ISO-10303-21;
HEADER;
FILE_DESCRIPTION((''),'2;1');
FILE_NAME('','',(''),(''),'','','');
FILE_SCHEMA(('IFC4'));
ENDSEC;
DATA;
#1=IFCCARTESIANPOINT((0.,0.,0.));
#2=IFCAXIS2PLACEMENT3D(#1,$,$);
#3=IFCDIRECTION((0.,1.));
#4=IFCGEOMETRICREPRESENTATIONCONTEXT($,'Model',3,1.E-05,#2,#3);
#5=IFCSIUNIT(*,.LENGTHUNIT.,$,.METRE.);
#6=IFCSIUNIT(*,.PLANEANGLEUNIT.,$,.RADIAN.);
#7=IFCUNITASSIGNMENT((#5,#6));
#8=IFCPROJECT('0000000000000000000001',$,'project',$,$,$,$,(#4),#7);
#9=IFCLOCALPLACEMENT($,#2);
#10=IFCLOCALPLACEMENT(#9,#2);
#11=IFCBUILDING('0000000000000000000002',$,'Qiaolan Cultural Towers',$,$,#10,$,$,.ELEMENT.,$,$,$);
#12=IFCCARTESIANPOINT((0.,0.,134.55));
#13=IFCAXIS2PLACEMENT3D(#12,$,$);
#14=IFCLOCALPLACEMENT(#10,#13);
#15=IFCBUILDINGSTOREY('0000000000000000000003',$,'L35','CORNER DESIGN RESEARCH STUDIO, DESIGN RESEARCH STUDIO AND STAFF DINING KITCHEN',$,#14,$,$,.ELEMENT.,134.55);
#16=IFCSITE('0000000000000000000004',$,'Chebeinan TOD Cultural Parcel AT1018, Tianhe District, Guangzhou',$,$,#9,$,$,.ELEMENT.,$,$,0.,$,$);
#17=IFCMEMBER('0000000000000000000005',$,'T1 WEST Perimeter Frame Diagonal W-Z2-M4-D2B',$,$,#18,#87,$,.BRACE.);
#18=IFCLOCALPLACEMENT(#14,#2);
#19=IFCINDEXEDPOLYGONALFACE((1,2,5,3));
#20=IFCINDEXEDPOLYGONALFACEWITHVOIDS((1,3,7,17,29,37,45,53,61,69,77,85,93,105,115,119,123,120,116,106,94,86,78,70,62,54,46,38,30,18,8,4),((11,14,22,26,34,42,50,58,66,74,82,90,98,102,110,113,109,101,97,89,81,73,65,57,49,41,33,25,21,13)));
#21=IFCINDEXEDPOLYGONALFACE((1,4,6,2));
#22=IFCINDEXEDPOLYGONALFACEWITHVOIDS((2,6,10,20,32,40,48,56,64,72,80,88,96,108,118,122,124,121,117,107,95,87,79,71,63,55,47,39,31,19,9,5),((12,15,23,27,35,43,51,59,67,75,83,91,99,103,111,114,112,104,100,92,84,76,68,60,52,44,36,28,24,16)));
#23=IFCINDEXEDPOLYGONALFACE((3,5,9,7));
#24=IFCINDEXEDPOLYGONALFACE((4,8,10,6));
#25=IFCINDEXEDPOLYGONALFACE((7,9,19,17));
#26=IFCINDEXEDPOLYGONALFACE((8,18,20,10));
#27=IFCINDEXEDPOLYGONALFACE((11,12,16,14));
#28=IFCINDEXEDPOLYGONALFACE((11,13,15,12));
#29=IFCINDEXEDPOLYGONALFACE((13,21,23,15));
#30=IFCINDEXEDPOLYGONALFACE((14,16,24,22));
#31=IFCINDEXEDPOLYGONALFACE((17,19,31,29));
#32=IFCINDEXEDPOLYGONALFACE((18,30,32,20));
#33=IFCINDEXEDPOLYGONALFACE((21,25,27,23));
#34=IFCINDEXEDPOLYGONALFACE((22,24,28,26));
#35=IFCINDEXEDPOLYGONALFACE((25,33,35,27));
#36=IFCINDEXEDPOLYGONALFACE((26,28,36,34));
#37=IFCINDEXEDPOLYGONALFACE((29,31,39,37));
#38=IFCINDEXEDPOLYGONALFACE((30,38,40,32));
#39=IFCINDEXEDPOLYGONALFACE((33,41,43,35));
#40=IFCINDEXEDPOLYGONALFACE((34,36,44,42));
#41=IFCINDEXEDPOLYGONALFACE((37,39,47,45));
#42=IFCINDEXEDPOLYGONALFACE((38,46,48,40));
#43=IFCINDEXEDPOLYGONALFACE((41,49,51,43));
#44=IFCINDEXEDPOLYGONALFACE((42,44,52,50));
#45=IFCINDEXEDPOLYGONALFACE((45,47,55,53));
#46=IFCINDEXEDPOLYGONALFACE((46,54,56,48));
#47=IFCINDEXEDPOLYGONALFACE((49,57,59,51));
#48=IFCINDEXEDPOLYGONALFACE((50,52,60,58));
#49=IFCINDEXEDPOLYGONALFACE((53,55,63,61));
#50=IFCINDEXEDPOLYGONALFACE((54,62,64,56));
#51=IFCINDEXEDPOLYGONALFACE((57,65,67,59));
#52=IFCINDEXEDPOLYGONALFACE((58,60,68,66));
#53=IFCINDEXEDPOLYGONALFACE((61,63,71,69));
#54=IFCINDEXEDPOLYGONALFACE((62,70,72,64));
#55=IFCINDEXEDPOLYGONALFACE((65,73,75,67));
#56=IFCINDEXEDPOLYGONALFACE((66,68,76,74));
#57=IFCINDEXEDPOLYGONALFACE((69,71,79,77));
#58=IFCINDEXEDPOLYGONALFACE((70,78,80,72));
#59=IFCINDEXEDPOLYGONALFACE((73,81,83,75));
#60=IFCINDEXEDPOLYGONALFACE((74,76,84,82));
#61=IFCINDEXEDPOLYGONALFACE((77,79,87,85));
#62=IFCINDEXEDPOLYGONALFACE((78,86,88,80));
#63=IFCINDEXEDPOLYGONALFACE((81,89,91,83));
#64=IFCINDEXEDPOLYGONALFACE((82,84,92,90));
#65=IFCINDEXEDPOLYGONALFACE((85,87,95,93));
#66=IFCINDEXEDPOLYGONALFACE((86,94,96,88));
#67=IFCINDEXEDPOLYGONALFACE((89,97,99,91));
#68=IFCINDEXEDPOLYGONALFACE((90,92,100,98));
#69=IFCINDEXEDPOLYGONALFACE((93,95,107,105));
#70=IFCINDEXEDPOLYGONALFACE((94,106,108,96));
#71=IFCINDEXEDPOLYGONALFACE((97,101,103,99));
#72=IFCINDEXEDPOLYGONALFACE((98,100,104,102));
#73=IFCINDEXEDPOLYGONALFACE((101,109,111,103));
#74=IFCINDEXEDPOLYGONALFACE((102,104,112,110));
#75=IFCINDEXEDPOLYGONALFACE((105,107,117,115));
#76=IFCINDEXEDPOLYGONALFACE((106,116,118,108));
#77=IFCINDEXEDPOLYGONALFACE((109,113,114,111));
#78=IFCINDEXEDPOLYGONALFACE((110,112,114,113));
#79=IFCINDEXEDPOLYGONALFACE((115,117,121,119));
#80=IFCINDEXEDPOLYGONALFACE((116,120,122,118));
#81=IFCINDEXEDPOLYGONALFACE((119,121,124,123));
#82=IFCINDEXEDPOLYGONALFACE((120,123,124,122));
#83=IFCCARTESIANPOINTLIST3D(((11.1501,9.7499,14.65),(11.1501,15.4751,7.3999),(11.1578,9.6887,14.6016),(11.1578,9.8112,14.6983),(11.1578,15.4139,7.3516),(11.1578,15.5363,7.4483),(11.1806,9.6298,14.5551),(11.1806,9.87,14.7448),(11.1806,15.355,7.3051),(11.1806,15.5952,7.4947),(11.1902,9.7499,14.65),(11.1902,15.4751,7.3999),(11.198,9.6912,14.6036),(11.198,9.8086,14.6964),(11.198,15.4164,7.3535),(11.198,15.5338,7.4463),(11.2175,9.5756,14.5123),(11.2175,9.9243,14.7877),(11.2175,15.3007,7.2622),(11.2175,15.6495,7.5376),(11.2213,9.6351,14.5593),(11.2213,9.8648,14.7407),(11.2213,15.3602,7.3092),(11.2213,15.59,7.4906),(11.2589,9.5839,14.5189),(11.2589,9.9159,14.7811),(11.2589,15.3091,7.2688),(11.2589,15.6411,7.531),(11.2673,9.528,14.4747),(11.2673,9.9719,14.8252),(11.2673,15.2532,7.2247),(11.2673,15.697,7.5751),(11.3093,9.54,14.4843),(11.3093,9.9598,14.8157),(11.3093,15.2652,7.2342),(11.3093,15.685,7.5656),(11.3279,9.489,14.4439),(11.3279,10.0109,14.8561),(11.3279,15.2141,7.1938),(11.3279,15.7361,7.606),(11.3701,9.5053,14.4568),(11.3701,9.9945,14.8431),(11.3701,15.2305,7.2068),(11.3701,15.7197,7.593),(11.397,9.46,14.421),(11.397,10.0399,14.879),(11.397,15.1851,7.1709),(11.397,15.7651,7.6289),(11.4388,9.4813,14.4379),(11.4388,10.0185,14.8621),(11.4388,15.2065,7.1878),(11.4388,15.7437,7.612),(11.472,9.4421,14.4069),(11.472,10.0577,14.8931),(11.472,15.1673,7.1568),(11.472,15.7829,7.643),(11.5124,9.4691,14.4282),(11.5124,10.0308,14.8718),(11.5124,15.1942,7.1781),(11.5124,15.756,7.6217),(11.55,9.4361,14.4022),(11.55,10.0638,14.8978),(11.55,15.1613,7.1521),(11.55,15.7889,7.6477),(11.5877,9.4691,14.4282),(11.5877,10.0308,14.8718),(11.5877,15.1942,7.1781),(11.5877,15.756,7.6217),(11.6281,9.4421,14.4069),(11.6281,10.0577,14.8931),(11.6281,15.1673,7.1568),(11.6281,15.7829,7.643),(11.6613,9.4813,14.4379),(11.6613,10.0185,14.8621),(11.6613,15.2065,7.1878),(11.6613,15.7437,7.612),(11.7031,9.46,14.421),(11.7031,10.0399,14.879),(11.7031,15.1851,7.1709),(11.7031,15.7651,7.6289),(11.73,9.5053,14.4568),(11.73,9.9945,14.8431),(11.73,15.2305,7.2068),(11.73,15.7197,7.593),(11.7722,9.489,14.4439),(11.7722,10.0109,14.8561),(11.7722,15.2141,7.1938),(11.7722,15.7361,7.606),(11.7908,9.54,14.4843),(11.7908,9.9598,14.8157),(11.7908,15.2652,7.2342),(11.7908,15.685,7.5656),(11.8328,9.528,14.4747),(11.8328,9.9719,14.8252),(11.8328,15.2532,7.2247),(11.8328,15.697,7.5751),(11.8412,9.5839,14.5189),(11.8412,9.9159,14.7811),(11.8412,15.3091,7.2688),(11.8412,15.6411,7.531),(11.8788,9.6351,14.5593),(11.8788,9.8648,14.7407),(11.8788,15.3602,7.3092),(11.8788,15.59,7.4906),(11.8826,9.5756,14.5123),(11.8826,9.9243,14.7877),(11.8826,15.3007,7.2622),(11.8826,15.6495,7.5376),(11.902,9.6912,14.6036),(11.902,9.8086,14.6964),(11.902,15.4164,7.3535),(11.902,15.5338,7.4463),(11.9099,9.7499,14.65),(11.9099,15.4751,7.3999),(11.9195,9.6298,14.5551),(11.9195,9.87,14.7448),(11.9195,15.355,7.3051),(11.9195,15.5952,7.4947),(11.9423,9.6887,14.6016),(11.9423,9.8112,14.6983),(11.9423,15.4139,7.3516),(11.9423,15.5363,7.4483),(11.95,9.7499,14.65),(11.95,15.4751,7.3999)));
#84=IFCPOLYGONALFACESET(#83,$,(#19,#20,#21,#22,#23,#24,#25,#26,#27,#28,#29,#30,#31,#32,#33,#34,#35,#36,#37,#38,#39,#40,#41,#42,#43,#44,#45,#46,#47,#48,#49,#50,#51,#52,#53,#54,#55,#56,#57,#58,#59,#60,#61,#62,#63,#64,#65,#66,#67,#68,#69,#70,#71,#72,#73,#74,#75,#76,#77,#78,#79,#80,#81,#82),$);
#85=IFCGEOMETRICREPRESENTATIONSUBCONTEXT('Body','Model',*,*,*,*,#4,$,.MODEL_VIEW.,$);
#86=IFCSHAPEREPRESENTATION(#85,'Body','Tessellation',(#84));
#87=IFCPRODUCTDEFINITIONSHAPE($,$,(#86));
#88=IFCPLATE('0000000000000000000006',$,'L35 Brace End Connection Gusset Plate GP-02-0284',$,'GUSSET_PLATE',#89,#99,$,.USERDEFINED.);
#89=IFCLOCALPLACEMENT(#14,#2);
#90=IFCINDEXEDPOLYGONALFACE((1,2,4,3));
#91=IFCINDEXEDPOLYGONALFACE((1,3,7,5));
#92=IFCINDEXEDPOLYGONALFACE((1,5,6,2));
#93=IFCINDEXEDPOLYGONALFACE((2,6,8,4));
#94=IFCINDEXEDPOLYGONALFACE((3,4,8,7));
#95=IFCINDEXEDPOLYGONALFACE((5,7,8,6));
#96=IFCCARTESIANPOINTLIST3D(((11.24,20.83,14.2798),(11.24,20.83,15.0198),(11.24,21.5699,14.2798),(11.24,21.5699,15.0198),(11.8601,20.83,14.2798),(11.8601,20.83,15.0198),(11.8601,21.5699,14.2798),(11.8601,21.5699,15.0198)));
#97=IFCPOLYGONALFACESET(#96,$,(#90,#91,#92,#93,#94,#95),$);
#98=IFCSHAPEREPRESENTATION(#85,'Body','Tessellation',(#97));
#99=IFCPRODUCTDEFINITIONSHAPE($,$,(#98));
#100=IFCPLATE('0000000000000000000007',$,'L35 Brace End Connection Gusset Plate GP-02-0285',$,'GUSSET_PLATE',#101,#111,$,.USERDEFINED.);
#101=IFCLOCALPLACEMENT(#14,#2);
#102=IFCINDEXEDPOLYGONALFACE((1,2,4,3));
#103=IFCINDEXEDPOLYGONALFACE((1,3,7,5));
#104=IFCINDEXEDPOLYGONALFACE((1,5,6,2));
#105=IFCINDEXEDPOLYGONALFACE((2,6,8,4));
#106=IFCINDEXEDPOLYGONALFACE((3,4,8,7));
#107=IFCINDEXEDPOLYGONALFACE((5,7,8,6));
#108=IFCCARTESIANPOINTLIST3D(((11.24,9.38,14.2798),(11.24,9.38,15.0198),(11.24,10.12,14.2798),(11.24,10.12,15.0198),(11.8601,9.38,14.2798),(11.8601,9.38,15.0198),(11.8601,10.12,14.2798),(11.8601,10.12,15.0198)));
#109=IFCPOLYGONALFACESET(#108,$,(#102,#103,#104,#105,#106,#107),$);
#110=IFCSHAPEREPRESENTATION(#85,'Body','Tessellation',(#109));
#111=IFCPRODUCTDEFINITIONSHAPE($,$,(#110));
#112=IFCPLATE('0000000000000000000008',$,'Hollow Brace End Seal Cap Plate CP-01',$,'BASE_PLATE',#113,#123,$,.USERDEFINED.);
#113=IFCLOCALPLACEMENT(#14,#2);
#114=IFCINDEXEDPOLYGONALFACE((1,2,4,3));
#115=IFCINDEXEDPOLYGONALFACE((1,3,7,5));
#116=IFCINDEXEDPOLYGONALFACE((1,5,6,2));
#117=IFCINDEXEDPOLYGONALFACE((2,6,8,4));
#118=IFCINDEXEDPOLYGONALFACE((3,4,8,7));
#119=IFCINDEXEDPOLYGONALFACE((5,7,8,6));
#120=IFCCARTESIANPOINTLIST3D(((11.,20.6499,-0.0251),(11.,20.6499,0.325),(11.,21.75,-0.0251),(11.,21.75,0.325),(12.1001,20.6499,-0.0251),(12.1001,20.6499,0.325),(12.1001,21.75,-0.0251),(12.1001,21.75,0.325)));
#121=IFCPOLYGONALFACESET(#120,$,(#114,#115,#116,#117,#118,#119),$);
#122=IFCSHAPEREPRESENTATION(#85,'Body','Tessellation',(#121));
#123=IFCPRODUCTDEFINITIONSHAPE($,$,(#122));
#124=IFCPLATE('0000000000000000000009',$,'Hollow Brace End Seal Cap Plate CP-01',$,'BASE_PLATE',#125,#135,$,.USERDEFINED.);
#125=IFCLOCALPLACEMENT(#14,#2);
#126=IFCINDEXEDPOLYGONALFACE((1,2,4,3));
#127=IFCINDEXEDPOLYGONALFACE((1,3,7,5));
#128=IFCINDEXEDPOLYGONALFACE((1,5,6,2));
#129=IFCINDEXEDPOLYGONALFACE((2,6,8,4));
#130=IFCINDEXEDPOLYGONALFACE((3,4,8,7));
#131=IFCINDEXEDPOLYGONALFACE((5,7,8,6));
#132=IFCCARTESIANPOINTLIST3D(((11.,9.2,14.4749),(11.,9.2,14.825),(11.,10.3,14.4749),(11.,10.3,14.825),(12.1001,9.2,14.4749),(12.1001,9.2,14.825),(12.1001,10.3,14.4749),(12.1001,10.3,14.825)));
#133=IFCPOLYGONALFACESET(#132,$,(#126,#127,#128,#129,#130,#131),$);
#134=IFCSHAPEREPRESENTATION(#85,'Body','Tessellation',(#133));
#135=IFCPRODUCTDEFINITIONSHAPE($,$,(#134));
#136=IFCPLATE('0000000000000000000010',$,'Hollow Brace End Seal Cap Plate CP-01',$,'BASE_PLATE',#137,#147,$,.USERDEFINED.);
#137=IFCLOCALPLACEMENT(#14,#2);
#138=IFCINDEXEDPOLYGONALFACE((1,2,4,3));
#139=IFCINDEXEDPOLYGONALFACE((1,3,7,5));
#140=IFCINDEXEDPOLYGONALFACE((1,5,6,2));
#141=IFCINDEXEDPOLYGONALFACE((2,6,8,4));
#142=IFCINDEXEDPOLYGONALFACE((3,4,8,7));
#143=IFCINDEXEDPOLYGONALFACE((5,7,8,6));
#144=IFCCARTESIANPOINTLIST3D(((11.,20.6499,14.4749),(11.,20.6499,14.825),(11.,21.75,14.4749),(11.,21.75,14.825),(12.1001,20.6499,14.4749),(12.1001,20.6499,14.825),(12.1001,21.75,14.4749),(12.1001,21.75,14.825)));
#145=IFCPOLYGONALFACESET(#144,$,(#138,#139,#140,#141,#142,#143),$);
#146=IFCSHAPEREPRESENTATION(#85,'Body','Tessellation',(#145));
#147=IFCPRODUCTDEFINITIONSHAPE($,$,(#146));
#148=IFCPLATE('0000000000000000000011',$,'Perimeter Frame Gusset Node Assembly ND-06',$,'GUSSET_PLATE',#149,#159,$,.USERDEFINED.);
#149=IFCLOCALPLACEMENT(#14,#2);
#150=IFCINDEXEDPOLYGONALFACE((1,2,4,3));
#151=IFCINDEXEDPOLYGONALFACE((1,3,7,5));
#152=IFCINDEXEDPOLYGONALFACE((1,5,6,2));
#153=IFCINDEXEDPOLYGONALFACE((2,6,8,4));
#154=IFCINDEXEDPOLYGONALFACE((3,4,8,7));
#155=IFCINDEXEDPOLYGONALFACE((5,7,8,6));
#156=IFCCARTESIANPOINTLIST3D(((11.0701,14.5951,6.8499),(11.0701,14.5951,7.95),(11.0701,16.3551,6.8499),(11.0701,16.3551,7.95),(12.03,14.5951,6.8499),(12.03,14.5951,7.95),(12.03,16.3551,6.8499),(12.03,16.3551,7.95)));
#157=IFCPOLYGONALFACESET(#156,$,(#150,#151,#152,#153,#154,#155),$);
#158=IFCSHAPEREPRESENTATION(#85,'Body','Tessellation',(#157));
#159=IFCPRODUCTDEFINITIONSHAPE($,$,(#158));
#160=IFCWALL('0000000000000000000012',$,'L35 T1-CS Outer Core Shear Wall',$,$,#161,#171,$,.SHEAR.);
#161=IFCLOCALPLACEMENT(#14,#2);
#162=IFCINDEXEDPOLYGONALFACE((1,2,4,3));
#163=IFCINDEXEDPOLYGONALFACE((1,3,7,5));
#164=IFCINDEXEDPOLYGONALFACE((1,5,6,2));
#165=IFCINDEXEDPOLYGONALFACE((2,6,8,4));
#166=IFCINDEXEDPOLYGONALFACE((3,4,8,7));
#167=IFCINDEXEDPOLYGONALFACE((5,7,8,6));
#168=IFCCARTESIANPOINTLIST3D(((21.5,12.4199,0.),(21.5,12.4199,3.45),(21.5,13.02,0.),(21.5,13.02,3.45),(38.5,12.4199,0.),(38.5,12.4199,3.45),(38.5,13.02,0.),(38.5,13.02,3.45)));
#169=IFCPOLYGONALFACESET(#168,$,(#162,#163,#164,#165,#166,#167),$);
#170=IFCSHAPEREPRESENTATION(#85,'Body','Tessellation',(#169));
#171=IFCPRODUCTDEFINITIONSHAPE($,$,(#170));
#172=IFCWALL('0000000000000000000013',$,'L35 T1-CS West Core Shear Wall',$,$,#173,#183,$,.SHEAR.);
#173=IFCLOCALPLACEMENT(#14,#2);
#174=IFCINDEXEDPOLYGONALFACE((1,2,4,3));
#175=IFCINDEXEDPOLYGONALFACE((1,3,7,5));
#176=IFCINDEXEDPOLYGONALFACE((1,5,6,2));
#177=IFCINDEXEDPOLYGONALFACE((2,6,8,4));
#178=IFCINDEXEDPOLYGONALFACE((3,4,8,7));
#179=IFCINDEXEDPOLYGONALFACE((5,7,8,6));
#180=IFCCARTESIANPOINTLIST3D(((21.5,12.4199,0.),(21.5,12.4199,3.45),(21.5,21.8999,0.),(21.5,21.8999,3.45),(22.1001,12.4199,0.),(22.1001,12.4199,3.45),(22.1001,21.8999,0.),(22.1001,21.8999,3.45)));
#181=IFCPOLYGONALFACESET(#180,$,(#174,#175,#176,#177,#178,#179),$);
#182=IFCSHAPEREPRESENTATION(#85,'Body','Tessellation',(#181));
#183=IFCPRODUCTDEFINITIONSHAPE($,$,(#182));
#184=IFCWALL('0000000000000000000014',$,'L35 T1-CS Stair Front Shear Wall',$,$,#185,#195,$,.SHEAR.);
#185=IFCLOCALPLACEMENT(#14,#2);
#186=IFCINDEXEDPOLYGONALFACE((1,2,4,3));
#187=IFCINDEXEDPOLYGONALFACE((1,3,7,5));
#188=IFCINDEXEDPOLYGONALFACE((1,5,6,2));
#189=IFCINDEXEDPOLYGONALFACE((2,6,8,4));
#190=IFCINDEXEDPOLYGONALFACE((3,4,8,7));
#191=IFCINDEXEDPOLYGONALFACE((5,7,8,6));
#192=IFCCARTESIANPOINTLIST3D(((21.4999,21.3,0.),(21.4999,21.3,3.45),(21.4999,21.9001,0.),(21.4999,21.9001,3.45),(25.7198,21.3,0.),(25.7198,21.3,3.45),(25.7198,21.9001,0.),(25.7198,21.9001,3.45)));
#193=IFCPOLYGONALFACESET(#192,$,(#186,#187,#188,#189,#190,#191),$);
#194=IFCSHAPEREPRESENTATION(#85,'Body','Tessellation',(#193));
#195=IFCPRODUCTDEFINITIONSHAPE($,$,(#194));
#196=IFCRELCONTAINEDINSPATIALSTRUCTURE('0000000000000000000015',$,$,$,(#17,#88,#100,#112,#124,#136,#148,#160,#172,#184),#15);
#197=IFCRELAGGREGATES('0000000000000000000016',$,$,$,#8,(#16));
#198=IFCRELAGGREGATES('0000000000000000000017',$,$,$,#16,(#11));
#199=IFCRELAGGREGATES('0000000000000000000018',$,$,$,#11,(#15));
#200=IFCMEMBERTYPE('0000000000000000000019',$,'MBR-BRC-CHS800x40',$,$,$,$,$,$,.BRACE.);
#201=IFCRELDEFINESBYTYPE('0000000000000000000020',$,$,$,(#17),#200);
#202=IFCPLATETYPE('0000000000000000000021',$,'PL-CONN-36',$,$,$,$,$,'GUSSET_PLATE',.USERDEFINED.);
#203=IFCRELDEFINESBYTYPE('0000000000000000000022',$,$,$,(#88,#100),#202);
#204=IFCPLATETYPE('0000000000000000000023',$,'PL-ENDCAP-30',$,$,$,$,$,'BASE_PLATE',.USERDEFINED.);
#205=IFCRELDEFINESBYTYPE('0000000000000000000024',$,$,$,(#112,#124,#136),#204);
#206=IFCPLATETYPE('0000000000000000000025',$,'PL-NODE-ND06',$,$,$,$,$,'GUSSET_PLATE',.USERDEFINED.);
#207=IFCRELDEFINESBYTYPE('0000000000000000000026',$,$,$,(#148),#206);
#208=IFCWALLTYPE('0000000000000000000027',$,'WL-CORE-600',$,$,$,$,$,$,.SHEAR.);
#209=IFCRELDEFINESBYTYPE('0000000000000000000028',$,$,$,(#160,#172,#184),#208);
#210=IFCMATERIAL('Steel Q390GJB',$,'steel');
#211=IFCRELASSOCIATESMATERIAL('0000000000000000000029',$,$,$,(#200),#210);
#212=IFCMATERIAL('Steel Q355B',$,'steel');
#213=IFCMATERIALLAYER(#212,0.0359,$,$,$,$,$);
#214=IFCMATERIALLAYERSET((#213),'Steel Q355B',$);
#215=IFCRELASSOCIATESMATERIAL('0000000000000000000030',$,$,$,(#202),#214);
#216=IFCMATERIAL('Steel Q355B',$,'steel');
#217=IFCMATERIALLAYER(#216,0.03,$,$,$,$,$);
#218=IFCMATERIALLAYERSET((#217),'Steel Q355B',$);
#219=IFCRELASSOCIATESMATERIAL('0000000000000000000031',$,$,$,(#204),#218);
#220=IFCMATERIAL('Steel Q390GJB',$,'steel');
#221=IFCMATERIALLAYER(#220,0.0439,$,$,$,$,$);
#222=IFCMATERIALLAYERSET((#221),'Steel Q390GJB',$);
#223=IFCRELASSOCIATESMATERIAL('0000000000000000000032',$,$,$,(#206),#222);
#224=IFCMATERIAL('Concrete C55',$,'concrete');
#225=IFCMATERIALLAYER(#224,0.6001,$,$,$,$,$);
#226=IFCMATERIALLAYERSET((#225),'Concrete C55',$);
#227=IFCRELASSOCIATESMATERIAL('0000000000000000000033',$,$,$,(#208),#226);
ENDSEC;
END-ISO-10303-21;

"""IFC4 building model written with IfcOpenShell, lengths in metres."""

from ifc_helpers import new_model, si_unit, direction, frame, frame_2d, origin, origin_2d, place, context, subcontext, project, spatial, rectangle, hollow_circle, extrude, material, layer, layer_set, material_profile, profile_set, type_object, element, save


model = new_model("IFC4")

# Units and contexts
model_context = context("Model", 3, precision=1e-05, world=origin(), true_north=direction((0.0, 1.0)))
body_context = subcontext(model_context, "Body", "Model", "MODEL_VIEW")
ifc_project = project(units=[si_unit("LENGTHUNIT", "METRE"), si_unit("PLANEANGLEUNIT", "RADIAN")], contexts=[model_context])

# Site, building, storey
site_placement = place(None, origin())
site = spatial("IfcSite", under=ifc_project, at=site_placement, Name="Chebeinan TOD Cultural Parcel AT1018, Tianhe District, Guangzhou", CompositionType="ELEMENT", RefElevation=0.0)
building_placement = place(site_placement, origin())
building = spatial("IfcBuilding", under=site, at=building_placement, Name="Qiaolan Cultural Towers", CompositionType="ELEMENT")
storey_placement = place(building_placement, frame((0.0, 0.0, 134.55)))
storey = spatial("IfcBuildingStorey", under=building, at=storey_placement, Name="L35", Description="CORNER DESIGN RESEARCH STUDIO, DESIGN RESEARCH STUDIO AND STAFF DINING KITCHEN", CompositionType="ELEMENT", Elevation=134.55)

# Member
ifc_material_1 = material(Name="Steel Q390GJB", Category="steel")
ifc_material_profile_1 = material_profile(ifc_material_1, hollow_circle(Radius=0.3999, WallThickness=0.04, at=origin_2d()), Name="CHS800x40")
ifc_profile_set_1 = profile_set([ifc_material_profile_1], Name="Steel Q390GJB")
member_type = type_object("IfcMemberType", Name="MBR-BRC-CHS800x40", PredefinedType="BRACE", material=ifc_profile_set_1)
member_placement = place(storey_placement, frame((11.55, 15.4751, 7.3999), z_axis=(0.0, -0.619739, 0.784808), x_axis=(1.0, 0.0, 0.0)))
element("IfcMember", 1, at=member_placement, inside=storey, type_object=member_type, Name="T1 WEST Perimeter Frame Diagonal W-Z2-M4-D2B", PredefinedType="BRACE", context=body_context, shape_type="SweptSolid", body=[
    extrude(hollow_circle(Radius=0.3999, WallThickness=0.04, at=origin_2d()), origin(), (0.0, 0.0, 1.0), 9.238),
])

# Plates
ifc_material_2 = material(Name="Steel Q355B", Category="steel")
ifc_layer_1 = layer(ifc_material_2, 0.0359)
ifc_layer_set_1 = layer_set([ifc_layer_1], Name="Steel Q355B")
plate_type_1 = type_object("IfcPlateType", Name="PL-CONN-36", ElementType="GUSSET_PLATE", PredefinedType="USERDEFINED", material=ifc_layer_set_1)
for number, where, z_axis, x_axis, name in (
    (2, (11.55, 21.2, 14.2798), (0.0, 0.0, 1.0), (0.0, 1.0, 0.0), "L35 Brace End Connection Gusset Plate GP-02-0284"),
    (3, (11.55, 9.75, 14.2798), (0.0, 0.0, 1.0), (0.0, 1.0, 0.0), "L35 Brace End Connection Gusset Plate GP-02-0285"),
):
    element("IfcPlate", number, at=place(storey_placement, frame(where, z_axis=z_axis, x_axis=x_axis)), inside=storey, type_object=plate_type_1, Name=name, ObjectType="GUSSET_PLATE", PredefinedType="USERDEFINED", context=body_context, shape_type="SweptSolid", body=[
        extrude(rectangle(XDim=0.74, YDim=0.6201, at=origin_2d()), origin(), (0.0, 0.0, 1.0), 0.74),
    ])
ifc_material_3 = material(Name="Steel Q355B", Category="steel")
ifc_layer_2 = layer(ifc_material_3, 0.03)
ifc_layer_set_2 = layer_set([ifc_layer_2], Name="Steel Q355B")
plate_type_2 = type_object("IfcPlateType", Name="PL-ENDCAP-30", ElementType="BASE_PLATE", PredefinedType="USERDEFINED", material=ifc_layer_set_2)
for number, where, z_axis, x_axis, name in (
    (4, (11.55, 21.2, -0.0251), (0.0, 0.0, 1.0), (0.0, 1.0, 0.0), "Hollow Brace End Seal Cap Plate CP-01"),
    (5, (11.55, 9.75, 14.4749), (0.0, 0.0, 1.0), (0.0, 1.0, 0.0), "Hollow Brace End Seal Cap Plate CP-01"),
    (6, (11.55, 21.2, 14.4749), (0.0, 0.0, 1.0), (0.0, 1.0, 0.0), "Hollow Brace End Seal Cap Plate CP-01"),
):
    element("IfcPlate", number, at=place(storey_placement, frame(where, z_axis=z_axis, x_axis=x_axis)), inside=storey, type_object=plate_type_2, Name=name, ObjectType="BASE_PLATE", PredefinedType="USERDEFINED", context=body_context, shape_type="SweptSolid", body=[
        extrude(rectangle(XDim=1.1001, YDim=1.1001, at=origin_2d()), origin(), (0.0, 0.0, 1.0), 0.3501),
    ])
ifc_material_4 = material(Name="Steel Q390GJB", Category="steel")
ifc_layer_3 = layer(ifc_material_4, 0.0439)
ifc_layer_set_3 = layer_set([ifc_layer_3], Name="Steel Q390GJB")
plate_type_3 = type_object("IfcPlateType", Name="PL-NODE-ND06", ElementType="GUSSET_PLATE", PredefinedType="USERDEFINED", material=ifc_layer_set_3)
plate_placement = place(storey_placement, frame((11.55, 15.4751, 6.8499), z_axis=(0.0, 0.0, 1.0), x_axis=(0.0, 1.0, 0.0)))
element("IfcPlate", 7, at=plate_placement, inside=storey, type_object=plate_type_3, Name="Perimeter Frame Gusset Node Assembly ND-06", ObjectType="GUSSET_PLATE", PredefinedType="USERDEFINED", context=body_context, shape_type="SweptSolid", body=[
    extrude(rectangle(XDim=1.76, YDim=0.96, at=origin_2d()), origin(), (0.0, 0.0, 1.0), 1.1001),
])

# Walls
ifc_material_5 = material(Name="Concrete C55", Category="concrete")
ifc_layer_4 = layer(ifc_material_5, 0.6001)
ifc_layer_set_4 = layer_set([ifc_layer_4], Name="Concrete C55")
wall_type_1 = type_object("IfcWallType", Name="WL-CORE-600", PredefinedType="SHEAR", material=ifc_layer_set_4)
wall_1_placement = place(storey_placement, frame((21.5, 12.72, 0.0), z_axis=(0.0, 0.0, 1.0), x_axis=(1.0, 0.0, 0.0)))
element("IfcWall", 8, at=wall_1_placement, inside=storey, type_object=wall_type_1, Name="L35 T1-CS Outer Core Shear Wall", PredefinedType="SHEAR", context=body_context, shape_type="SweptSolid", body=[
    extrude(rectangle(XDim=17.0, YDim=0.6001, at=frame_2d((8.5, 0.0))), origin(), (0.0, 0.0, 1.0), 3.45),
])
wall_2_placement = place(storey_placement, frame((21.8, 21.8999, 0.0), z_axis=(0.0, 0.0, 1.0), x_axis=(0.0, -1.0, 0.0)))
element("IfcWall", 9, at=wall_2_placement, inside=storey, type_object=wall_type_1, Name="L35 T1-CS West Core Shear Wall", PredefinedType="SHEAR", context=body_context, shape_type="SweptSolid", body=[
    extrude(rectangle(XDim=9.48, YDim=0.6001, at=frame_2d((4.74, 0.0))), origin(), (0.0, 0.0, 1.0), 3.45),
])
wall_3_placement = place(storey_placement, frame((21.5, 21.6001, 0.0), z_axis=(0.0, 0.0, 1.0), x_axis=(1.0, 0.0, 0.0)))
element("IfcWall", 10, at=wall_3_placement, inside=storey, type_object=wall_type_1, Name="L35 T1-CS Stair Front Shear Wall", PredefinedType="SHEAR", context=body_context, shape_type="SweptSolid", body=[
    extrude(rectangle(XDim=4.22, YDim=0.6001, at=frame_2d((2.1099, 0.0))), origin(), (0.0, 0.0, 1.0), 3.45),
])

save(model, "model.ifc")
